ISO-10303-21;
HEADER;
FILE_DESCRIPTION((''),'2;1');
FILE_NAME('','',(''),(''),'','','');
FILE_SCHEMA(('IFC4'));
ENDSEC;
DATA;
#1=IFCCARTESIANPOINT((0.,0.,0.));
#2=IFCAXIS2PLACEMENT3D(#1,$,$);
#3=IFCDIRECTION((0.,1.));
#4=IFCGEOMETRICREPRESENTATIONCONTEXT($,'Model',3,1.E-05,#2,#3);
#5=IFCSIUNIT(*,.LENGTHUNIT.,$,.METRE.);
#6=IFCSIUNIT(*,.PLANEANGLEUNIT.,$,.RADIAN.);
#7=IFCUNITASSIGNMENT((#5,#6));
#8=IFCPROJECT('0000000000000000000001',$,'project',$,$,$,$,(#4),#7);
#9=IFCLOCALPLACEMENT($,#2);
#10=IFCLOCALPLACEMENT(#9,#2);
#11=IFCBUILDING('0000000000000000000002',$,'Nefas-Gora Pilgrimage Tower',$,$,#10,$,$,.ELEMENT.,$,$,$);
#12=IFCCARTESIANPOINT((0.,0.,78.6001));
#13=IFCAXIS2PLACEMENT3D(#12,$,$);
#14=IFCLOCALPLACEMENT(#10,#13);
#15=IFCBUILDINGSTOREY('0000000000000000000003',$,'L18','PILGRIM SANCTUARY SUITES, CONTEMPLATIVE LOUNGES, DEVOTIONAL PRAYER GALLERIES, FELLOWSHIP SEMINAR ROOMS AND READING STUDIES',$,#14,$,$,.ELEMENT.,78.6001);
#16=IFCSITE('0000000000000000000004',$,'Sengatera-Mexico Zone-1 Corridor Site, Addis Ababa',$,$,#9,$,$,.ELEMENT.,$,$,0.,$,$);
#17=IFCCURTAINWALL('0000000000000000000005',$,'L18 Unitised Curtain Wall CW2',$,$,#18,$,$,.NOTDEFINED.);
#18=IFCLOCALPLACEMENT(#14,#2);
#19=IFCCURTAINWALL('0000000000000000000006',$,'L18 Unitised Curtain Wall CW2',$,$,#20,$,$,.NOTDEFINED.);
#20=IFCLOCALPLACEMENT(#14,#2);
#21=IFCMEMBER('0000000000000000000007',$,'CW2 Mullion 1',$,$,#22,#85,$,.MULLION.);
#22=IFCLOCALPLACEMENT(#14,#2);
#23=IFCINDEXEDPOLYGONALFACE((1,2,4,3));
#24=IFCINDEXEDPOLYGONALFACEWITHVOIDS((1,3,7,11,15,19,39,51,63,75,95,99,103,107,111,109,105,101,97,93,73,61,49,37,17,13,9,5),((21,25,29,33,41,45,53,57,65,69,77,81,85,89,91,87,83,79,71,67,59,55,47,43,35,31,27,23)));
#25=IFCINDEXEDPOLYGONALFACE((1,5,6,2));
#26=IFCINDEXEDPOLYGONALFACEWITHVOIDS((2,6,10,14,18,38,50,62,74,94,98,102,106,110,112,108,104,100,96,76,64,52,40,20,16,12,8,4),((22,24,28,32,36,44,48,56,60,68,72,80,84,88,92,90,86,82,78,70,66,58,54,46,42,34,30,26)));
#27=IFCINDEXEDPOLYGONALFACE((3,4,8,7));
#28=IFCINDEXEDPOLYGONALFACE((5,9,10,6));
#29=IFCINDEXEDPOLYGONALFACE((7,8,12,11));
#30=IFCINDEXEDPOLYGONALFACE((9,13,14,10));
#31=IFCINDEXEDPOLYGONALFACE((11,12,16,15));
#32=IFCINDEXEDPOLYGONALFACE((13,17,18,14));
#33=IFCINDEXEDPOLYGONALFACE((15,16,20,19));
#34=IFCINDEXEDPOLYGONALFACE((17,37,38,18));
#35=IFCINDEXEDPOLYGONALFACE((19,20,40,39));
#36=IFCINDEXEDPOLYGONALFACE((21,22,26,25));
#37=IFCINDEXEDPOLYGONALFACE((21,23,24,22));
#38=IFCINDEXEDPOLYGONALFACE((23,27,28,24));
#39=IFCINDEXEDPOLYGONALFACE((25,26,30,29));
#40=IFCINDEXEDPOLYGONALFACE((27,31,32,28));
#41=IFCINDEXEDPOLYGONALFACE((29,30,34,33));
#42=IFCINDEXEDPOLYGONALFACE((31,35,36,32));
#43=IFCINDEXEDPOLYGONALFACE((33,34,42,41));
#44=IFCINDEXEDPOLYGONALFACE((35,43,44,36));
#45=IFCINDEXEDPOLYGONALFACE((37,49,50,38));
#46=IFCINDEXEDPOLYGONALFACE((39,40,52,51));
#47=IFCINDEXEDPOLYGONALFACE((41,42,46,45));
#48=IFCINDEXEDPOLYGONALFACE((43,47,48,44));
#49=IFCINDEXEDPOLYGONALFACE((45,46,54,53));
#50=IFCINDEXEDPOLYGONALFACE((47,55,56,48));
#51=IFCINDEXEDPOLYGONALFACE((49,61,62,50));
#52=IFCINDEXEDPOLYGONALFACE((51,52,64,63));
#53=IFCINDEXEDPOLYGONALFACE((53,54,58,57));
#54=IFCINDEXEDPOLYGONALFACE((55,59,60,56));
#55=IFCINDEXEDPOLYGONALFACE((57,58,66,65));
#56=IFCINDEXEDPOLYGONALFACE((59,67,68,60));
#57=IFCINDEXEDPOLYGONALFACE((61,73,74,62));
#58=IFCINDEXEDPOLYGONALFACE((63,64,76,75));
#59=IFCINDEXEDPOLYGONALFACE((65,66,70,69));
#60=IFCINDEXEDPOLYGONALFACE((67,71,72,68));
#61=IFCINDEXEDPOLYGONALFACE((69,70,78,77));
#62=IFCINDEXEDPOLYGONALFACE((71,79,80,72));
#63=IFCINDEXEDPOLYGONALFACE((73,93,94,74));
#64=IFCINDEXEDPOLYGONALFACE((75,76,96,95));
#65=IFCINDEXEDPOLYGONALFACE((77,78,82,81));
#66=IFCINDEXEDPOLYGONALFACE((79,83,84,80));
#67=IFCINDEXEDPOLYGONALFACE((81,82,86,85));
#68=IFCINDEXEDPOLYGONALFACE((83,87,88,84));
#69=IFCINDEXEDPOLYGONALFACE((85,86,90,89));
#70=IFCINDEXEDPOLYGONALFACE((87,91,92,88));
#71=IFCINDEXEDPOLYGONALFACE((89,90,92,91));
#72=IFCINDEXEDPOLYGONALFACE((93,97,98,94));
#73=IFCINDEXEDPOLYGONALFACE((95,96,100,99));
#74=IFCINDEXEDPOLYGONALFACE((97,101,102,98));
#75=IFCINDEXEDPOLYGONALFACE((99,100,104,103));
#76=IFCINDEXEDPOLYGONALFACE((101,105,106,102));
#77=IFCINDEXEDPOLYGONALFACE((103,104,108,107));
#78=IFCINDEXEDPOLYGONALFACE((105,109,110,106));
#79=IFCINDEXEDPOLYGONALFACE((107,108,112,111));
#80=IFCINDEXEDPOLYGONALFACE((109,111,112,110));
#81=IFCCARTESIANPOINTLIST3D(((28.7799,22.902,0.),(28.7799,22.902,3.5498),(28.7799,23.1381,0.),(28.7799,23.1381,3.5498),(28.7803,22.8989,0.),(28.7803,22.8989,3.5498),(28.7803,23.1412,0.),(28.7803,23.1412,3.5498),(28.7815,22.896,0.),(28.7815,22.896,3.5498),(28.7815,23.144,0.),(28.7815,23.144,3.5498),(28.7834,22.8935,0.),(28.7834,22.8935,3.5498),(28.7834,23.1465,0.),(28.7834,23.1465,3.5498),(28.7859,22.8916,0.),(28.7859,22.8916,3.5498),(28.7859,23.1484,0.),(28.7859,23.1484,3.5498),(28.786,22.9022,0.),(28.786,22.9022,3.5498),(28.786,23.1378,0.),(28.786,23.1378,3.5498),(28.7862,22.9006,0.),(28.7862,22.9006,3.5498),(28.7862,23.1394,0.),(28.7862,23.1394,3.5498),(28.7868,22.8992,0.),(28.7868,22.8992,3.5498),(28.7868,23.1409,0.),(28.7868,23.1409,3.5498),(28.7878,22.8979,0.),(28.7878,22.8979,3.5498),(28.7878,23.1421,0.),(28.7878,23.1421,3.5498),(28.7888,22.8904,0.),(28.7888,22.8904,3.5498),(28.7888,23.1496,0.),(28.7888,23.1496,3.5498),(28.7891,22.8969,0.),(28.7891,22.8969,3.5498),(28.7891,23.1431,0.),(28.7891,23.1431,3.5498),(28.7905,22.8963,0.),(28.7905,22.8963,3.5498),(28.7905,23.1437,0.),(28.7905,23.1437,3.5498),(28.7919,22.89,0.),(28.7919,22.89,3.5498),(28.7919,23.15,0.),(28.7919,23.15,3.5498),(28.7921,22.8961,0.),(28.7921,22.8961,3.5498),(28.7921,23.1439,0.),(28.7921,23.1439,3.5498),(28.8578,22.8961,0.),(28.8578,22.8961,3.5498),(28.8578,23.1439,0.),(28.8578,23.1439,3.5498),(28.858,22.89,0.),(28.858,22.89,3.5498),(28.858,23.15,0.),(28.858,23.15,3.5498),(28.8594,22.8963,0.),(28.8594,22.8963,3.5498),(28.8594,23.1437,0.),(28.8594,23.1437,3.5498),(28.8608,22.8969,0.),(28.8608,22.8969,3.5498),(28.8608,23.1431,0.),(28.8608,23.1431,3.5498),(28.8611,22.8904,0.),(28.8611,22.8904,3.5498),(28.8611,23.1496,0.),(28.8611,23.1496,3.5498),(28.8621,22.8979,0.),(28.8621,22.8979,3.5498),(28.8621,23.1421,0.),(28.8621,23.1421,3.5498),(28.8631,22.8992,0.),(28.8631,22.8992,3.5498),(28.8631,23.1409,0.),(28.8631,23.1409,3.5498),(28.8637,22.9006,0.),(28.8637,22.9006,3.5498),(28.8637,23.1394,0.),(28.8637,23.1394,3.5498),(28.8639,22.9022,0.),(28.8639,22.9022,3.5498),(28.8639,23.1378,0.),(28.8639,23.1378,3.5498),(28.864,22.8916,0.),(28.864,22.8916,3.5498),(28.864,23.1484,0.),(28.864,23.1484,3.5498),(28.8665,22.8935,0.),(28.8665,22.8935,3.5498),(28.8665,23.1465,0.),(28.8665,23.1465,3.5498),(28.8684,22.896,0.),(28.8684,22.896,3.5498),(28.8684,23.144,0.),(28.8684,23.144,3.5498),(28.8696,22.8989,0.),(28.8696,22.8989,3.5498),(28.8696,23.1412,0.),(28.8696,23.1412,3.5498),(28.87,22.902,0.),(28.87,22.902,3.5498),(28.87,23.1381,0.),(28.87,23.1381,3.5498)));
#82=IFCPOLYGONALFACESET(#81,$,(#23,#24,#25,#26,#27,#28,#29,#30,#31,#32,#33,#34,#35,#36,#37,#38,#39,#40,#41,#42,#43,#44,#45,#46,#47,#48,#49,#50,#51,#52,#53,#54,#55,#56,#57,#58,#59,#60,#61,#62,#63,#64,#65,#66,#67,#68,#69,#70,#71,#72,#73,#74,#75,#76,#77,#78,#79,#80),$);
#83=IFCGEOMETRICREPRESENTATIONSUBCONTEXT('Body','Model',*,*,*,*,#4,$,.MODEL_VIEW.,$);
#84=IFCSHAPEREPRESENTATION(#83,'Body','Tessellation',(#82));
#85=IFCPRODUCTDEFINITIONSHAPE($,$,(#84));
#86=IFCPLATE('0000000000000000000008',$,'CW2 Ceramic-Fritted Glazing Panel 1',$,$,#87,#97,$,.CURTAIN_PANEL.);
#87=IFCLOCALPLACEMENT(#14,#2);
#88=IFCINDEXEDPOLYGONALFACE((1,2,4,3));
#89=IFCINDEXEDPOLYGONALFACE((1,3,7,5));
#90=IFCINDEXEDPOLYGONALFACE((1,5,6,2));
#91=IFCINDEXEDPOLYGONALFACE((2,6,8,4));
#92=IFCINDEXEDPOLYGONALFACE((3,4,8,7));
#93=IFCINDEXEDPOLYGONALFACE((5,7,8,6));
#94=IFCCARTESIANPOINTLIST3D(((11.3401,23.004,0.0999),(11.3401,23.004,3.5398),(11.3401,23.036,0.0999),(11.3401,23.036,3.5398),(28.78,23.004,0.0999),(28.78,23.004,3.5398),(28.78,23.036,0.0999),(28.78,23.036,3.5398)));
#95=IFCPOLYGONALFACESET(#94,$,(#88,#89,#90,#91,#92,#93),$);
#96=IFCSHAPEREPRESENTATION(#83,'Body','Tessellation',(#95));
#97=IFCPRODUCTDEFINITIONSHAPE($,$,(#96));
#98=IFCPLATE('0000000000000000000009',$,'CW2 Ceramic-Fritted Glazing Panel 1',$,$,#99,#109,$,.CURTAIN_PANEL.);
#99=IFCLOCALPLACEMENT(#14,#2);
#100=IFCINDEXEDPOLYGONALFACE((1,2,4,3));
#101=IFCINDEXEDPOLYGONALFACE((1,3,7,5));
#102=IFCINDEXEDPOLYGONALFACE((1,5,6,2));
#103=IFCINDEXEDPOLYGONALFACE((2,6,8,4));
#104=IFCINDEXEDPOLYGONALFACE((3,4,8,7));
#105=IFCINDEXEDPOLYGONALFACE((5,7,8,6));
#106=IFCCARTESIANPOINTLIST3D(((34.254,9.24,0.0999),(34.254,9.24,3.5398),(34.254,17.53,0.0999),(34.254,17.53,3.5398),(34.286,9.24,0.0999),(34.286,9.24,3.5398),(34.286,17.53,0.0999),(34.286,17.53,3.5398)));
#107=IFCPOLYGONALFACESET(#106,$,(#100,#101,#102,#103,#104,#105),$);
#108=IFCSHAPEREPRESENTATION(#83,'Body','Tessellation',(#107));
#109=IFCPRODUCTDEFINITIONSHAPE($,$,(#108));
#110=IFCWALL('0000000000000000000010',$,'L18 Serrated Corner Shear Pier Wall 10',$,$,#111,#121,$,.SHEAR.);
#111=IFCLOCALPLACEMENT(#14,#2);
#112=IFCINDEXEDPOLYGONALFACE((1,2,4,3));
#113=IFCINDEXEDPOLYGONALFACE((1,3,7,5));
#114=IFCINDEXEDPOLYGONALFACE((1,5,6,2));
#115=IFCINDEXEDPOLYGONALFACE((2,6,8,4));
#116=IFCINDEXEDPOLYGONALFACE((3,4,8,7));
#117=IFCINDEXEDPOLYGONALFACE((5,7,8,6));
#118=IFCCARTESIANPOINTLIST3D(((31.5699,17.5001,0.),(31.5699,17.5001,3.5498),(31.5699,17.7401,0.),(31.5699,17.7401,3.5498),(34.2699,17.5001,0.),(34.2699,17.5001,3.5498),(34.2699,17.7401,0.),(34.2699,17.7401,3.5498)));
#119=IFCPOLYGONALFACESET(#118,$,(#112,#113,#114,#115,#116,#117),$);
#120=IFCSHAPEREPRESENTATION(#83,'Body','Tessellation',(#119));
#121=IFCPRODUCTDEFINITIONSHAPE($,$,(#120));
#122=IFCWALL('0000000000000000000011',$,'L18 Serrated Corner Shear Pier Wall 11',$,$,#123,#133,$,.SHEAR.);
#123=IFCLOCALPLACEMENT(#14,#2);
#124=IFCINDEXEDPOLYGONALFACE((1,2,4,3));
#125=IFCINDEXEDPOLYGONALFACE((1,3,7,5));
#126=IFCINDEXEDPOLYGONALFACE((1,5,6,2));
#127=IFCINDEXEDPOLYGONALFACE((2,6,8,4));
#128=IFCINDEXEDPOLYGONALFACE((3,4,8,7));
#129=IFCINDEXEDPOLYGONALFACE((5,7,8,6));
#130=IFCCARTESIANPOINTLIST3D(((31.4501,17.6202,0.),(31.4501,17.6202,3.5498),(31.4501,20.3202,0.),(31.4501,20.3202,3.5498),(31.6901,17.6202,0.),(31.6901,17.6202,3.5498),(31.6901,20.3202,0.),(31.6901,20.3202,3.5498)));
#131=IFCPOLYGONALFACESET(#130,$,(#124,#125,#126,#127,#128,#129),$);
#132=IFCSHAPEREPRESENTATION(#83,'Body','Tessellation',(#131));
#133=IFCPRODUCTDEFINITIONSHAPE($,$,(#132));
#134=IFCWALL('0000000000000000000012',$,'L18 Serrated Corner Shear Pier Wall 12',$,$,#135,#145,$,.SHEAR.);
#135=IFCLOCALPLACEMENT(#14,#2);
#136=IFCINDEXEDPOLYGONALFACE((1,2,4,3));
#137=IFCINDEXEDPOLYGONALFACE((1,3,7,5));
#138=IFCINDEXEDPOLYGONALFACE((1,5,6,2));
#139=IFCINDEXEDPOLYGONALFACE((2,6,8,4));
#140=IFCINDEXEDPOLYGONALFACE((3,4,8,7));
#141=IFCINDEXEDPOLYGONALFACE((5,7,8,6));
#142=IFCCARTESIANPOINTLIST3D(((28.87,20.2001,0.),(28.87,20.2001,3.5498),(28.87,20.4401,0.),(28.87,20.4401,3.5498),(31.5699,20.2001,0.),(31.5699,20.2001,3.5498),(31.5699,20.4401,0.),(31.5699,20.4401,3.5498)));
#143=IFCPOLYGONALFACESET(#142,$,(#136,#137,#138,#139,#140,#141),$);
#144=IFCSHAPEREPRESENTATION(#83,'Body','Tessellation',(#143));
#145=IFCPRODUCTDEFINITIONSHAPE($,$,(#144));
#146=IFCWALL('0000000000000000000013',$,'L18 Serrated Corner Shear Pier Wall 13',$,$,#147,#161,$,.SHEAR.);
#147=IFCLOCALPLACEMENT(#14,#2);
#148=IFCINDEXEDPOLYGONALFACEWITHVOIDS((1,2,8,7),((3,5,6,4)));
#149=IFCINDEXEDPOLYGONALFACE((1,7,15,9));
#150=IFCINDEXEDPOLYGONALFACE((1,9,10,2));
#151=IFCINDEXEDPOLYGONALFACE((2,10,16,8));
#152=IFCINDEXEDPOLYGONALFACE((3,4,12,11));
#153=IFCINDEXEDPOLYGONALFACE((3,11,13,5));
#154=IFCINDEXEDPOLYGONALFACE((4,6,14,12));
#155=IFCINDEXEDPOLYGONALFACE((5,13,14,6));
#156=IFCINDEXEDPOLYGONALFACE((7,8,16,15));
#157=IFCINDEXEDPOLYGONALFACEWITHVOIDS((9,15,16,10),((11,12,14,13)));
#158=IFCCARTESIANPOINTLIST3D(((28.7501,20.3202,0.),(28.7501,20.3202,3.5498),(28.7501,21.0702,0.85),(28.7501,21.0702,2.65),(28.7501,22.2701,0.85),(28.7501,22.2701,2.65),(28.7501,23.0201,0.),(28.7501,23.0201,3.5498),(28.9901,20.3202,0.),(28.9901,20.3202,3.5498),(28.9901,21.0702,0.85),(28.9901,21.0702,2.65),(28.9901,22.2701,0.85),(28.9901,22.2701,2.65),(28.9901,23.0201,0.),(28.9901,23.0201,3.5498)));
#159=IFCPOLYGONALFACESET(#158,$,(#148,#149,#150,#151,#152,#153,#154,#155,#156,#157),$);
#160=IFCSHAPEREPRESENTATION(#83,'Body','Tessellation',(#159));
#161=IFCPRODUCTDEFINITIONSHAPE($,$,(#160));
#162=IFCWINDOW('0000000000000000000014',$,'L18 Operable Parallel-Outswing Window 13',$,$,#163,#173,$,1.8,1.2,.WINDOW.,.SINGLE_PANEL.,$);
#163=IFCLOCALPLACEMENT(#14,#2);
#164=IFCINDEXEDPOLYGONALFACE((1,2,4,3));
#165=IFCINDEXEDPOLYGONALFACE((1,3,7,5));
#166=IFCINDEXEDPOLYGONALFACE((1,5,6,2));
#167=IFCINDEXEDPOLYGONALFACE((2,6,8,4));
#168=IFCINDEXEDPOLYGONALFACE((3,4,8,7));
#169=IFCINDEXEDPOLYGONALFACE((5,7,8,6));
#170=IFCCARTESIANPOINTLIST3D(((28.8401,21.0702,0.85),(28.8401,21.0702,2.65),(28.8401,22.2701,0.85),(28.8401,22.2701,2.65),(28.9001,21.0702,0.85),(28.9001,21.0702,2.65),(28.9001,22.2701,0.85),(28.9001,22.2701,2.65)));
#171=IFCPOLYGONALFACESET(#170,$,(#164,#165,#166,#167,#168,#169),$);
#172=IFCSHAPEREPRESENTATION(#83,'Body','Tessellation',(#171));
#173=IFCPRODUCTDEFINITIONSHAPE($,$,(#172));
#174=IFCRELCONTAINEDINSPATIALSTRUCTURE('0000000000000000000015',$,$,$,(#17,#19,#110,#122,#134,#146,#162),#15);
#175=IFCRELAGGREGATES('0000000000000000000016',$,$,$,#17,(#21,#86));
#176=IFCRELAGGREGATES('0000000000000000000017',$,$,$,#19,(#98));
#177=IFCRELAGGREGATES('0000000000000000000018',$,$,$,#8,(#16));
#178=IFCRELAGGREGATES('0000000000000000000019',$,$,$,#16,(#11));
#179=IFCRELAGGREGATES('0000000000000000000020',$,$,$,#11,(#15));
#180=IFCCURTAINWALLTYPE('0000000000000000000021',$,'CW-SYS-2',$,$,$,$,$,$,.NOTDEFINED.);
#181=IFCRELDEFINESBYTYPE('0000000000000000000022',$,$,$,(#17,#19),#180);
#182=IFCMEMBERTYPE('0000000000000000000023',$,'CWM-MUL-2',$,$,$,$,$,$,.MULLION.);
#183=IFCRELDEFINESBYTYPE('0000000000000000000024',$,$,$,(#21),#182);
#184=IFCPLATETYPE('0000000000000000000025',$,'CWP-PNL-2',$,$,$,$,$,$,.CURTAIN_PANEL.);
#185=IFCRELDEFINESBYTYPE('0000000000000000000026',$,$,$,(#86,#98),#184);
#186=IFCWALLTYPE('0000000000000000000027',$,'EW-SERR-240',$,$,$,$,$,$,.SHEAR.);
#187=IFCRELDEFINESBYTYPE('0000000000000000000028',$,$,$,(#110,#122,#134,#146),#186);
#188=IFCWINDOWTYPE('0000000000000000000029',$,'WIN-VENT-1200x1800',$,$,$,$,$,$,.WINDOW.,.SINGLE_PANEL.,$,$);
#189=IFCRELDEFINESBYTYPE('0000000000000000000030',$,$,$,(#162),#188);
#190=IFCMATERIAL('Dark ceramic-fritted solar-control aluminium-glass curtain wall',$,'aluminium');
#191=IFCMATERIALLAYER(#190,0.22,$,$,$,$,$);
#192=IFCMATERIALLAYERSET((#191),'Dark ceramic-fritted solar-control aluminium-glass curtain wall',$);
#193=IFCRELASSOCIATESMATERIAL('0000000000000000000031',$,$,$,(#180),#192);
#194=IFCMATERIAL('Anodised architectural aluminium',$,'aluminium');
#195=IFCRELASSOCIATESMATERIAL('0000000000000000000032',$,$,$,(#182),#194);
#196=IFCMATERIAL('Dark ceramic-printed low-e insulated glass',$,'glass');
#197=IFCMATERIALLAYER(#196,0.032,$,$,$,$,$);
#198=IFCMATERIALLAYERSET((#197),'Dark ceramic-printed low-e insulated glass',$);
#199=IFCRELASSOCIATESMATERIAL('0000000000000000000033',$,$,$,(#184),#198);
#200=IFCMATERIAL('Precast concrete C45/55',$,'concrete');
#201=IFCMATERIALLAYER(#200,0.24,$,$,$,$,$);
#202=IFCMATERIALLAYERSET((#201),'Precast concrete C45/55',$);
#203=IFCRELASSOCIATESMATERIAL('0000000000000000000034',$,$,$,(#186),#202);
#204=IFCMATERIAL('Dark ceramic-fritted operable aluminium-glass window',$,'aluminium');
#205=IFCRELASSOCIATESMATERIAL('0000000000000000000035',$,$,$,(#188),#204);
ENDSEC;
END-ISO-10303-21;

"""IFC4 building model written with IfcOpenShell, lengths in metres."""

from ifc_helpers import new_model, si_unit, direction, frame, frame_2d, origin, origin_2d, place, context, subcontext, project, spatial, rectangle, hollow_rectangle, extrude, source, transform, mapped, material, layer, layer_set, material_profile, profile_set, type_object, element, fill, aggregate, save


model = new_model("IFC4")

# Units and contexts
model_context = context("Model", 3, precision=1e-05, world=origin(), true_north=direction((0.0, 1.0)))
body_context = subcontext(model_context, "Body", "Model", "MODEL_VIEW")
ifc_project = project(units=[si_unit("LENGTHUNIT", "METRE"), si_unit("PLANEANGLEUNIT", "RADIAN")], contexts=[model_context])

# Site, building, storey
site_placement = place(None, origin())
site = spatial("IfcSite", under=ifc_project, at=site_placement, Name="Sengatera-Mexico Zone-1 Corridor Site, Addis Ababa", CompositionType="ELEMENT", RefElevation=0.0)
building_placement = place(site_placement, origin())
building = spatial("IfcBuilding", under=site, at=building_placement, Name="Nefas-Gora Pilgrimage Tower", CompositionType="ELEMENT")
storey_placement = place(building_placement, frame((0.0, 0.0, 78.6001)))
storey = spatial("IfcBuildingStorey", under=building, at=storey_placement, Name="L18", Description="PILGRIM SANCTUARY SUITES, CONTEMPLATIVE LOUNGES, DEVOTIONAL PRAYER GALLERIES, FELLOWSHIP SEMINAR ROOMS AND READING STUDIES", CompositionType="ELEMENT", Elevation=78.6001)

# Curtain wall
ifc_material_1 = material(Name="Dark ceramic-fritted solar-control aluminium-glass curtain wall", Category="aluminium")
ifc_layer_1 = layer(ifc_material_1, 0.22)
ifc_layer_set_1 = layer_set([ifc_layer_1], Name="Dark ceramic-fritted solar-control aluminium-glass curtain wall")
curtain_wall_type = type_object("IfcCurtainWallType", Name="CW-SYS-2", PredefinedType="NOTDEFINED", material=ifc_layer_set_1)
curtain_wall_1_placement = place(storey_placement, origin())
curtain_wall_1 = element("IfcCurtainWall", 1, at=curtain_wall_1_placement, inside=storey, type_object=curtain_wall_type, Name="L18 Unitised Curtain Wall CW2", PredefinedType="NOTDEFINED")
ifc_material_2 = material(Name="Anodised architectural aluminium", Category="aluminium")

# Curtain wall
curtain_wall_2_placement = place(storey_placement, origin())
curtain_wall_2 = element("IfcCurtainWall", 2, at=curtain_wall_2_placement, inside=storey, type_object=curtain_wall_type, Name="L18 Unitised Curtain Wall CW2", PredefinedType="NOTDEFINED")
ifc_material_profile_1 = material_profile(ifc_material_2, hollow_rectangle(XDim=0.0901, YDim=0.26, WallThickness=0.0061, InnerFilletRadius=0.0061, OuterFilletRadius=0.012, at=origin_2d()), Name="ALU MULLION 90x260")
ifc_profile_set_1 = profile_set([ifc_material_profile_1], Name="Anodised architectural aluminium")
member_type_1 = type_object("IfcMemberType", Name="CWM-MUL-2", PredefinedType="MULLION", material=ifc_profile_set_1)
shared_shape_1 = source(origin(), body_context, "Body", "SweptSolid", [
    extrude(hollow_rectangle(XDim=0.0901, YDim=0.26, WallThickness=0.0061, InnerFilletRadius=0.0061, OuterFilletRadius=0.012, at=origin_2d()), origin(), (0.0, 0.0, 1.0), 3.5498),
])

# Member
member_1_placement = place(storey_placement, frame((28.825, 23.02, 0.0), z_axis=(0.0, 0.0, 1.0), x_axis=(-1.0, 0.0, 0.0)))
member_1 = element("IfcMember", 3, at=member_1_placement, type_object=member_type_1, Name="CW2 Mullion 1", PredefinedType="MULLION", context=body_context, shape_type="MappedRepresentation", body=[
    mapped(shared_shape_1, transform((0.0, 0.0, 0.0), x_axis=(1.0, 0.0, 0.0), y_axis=(0.0, 1.0, 0.0), z_axis=(0.0, 0.0, 1.0), scale=1.0)),
])

# Plates
ifc_material_3 = material(Name="Dark ceramic-printed low-e insulated glass", Category="glass")
ifc_layer_2 = layer(ifc_material_3, 0.032)
ifc_layer_set_2 = layer_set([ifc_layer_2], Name="Dark ceramic-printed low-e insulated glass")
plate_type = type_object("IfcPlateType", Name="CWP-PNL-2", PredefinedType="CURTAIN_PANEL", material=ifc_layer_set_2)
shared_shape_2 = source(origin(), body_context, "Body", "SweptSolid", [
    extrude(rectangle(XDim=17.4399, YDim=0.032, at=origin_2d()), origin(), (0.0, 0.0, 1.0), 3.4399),
])
plate_1_placement = place(storey_placement, frame((20.0601, 23.02, 0.0999), z_axis=(0.0, 0.0, 1.0), x_axis=(-1.0, 0.0, 0.0)))
plate_1 = element("IfcPlate", 4, at=plate_1_placement, type_object=plate_type, Name="CW2 Ceramic-Fritted Glazing Panel 1", PredefinedType="CURTAIN_PANEL", context=body_context, shape_type="MappedRepresentation", body=[
    mapped(shared_shape_2, transform((0.0, 0.0, 0.0), x_axis=(1.0, 0.0, 0.0), y_axis=(0.0, 1.0, 0.0), z_axis=(0.0, 0.0, 1.0), scale=1.0)),
])
aggregate(curtain_wall_1, [member_1, plate_1])
shared_shape_3 = source(origin(), body_context, "Body", "SweptSolid", [
    extrude(rectangle(XDim=8.29, YDim=0.032, at=origin_2d()), origin(), (0.0, 0.0, 1.0), 3.4399),
])
plate_2_placement = place(storey_placement, frame((34.27, 13.385, 0.0999), z_axis=(0.0, 0.0, 1.0), x_axis=(0.0, 1.0, 0.0)))
plate_2 = element("IfcPlate", 5, at=plate_2_placement, type_object=plate_type, Name="CW2 Ceramic-Fritted Glazing Panel 1", PredefinedType="CURTAIN_PANEL", context=body_context, shape_type="MappedRepresentation", body=[
    mapped(shared_shape_3, transform((0.0, 0.0, 0.0), x_axis=(1.0, 0.0, 0.0), y_axis=(0.0, 1.0, 0.0), z_axis=(0.0, 0.0, 1.0), scale=1.0)),
])
aggregate(curtain_wall_2, [plate_2])

# Walls
ifc_material_4 = material(Name="Precast concrete C45/55", Category="concrete")
ifc_layer_3 = layer(ifc_material_4, 0.24)
ifc_layer_set_3 = layer_set([ifc_layer_3], Name="Precast concrete C45/55")
wall_type = type_object("IfcWallType", Name="EW-SERR-240", PredefinedType="SHEAR", material=ifc_layer_set_3)
shared_shape_4 = source(origin(), body_context, "Body", "SweptSolid", [
    extrude(rectangle(XDim=2.7, YDim=0.24, at=frame_2d((1.3501, 0.0))), origin(), (0.0, 0.0, 1.0), 3.5498),
])
for number, where, z_axis, x_axis, name in (
    (6, (34.27, 17.6201, 0.0), (0.0, 0.0, 1.0), (-1.0, 0.0, 0.0), "L18 Serrated Corner Shear Pier Wall 10"),
    (7, (31.5701, 17.6201, 0.0), (0.0, 0.0, 1.0), (0.0, 1.0, 0.0), "L18 Serrated Corner Shear Pier Wall 11"),
    (8, (31.5701, 20.3201, 0.0), (0.0, 0.0, 1.0), (-1.0, 0.0, 0.0), "L18 Serrated Corner Shear Pier Wall 12"),
):
    element("IfcWall", number, at=place(storey_placement, frame(where, z_axis=z_axis, x_axis=x_axis)), inside=storey, type_object=wall_type, Name=name, PredefinedType="SHEAR", context=body_context, shape_type="MappedRepresentation", body=[
        mapped(shared_shape_4, transform((0.0, 0.0, 0.0), x_axis=(1.0, 0.0, 0.0), y_axis=(0.0, 1.0, 0.0), z_axis=(0.0, 0.0, 1.0), scale=1.0)),
    ])

# Wall, opening, window
wall_placement = place(storey_placement, frame((28.8701, 20.3201, 0.0), z_axis=(0.0, 0.0, 1.0), x_axis=(0.0, 1.0, 0.0)))
wall = element("IfcWall", 9, at=wall_placement, inside=storey, type_object=wall_type, Name="L18 Serrated Corner Shear Pier Wall 13", PredefinedType="SHEAR", context=body_context, shape_type="MappedRepresentation", body=[
    mapped(shared_shape_4, transform((0.0, 0.0, 0.0), x_axis=(1.0, 0.0, 0.0), y_axis=(0.0, 1.0, 0.0), z_axis=(0.0, 0.0, 1.0), scale=1.0)),
])
opening_placement = place(wall_placement, frame((0.75, 0.0, 0.8501)))
opening = element("IfcOpeningElement", 10, at=opening_placement, cuts=wall, PredefinedType="OPENING", context=body_context, shape_type="SweptSolid", body=[
    extrude(rectangle(XDim=1.2, YDim=1.8, at=frame_2d((0.6001, 0.8999))), frame((0.0, 0.1299, 0.0), z_axis=(0.0, -1.0, 0.0), x_axis=(1.0, 0.0, 0.0)), (0.0, 0.0, 1.0), 0.26),
])
ifc_material_5 = material(Name="Dark ceramic-fritted operable aluminium-glass window", Category="aluminium")
window_type = type_object("IfcWindowType", Name="WIN-VENT-1200x1800", PartitioningType="SINGLE_PANEL", PredefinedType="WINDOW", material=ifc_material_5)
shared_shape_5 = source(origin(), body_context, "Body", "SweptSolid", [
    extrude(rectangle(XDim=1.2, YDim=1.8, at=frame_2d((0.6001, 0.8999))), frame((0.0, 0.03, 0.0), z_axis=(0.0, -1.0, 0.0), x_axis=(1.0, 0.0, 0.0)), (0.0, 0.0, 1.0), 0.0601),
])
window_placement = place(opening_placement, origin())
window = element("IfcWindow", 11, at=window_placement, inside=storey, type_object=window_type, Name="L18 Operable Parallel-Outswing Window 13", OverallHeight=1.8, OverallWidth=1.2, PartitioningType="SINGLE_PANEL", PredefinedType="WINDOW", context=body_context, shape_type="MappedRepresentation", body=[
    mapped(shared_shape_5, transform((0.0, 0.0, 0.0), x_axis=(1.0, 0.0, 0.0), y_axis=(0.0, 1.0, 0.0), z_axis=(0.0, 0.0, 1.0), scale=1.0)),
])
fill(opening, window)

save(model, "model.ifc")
